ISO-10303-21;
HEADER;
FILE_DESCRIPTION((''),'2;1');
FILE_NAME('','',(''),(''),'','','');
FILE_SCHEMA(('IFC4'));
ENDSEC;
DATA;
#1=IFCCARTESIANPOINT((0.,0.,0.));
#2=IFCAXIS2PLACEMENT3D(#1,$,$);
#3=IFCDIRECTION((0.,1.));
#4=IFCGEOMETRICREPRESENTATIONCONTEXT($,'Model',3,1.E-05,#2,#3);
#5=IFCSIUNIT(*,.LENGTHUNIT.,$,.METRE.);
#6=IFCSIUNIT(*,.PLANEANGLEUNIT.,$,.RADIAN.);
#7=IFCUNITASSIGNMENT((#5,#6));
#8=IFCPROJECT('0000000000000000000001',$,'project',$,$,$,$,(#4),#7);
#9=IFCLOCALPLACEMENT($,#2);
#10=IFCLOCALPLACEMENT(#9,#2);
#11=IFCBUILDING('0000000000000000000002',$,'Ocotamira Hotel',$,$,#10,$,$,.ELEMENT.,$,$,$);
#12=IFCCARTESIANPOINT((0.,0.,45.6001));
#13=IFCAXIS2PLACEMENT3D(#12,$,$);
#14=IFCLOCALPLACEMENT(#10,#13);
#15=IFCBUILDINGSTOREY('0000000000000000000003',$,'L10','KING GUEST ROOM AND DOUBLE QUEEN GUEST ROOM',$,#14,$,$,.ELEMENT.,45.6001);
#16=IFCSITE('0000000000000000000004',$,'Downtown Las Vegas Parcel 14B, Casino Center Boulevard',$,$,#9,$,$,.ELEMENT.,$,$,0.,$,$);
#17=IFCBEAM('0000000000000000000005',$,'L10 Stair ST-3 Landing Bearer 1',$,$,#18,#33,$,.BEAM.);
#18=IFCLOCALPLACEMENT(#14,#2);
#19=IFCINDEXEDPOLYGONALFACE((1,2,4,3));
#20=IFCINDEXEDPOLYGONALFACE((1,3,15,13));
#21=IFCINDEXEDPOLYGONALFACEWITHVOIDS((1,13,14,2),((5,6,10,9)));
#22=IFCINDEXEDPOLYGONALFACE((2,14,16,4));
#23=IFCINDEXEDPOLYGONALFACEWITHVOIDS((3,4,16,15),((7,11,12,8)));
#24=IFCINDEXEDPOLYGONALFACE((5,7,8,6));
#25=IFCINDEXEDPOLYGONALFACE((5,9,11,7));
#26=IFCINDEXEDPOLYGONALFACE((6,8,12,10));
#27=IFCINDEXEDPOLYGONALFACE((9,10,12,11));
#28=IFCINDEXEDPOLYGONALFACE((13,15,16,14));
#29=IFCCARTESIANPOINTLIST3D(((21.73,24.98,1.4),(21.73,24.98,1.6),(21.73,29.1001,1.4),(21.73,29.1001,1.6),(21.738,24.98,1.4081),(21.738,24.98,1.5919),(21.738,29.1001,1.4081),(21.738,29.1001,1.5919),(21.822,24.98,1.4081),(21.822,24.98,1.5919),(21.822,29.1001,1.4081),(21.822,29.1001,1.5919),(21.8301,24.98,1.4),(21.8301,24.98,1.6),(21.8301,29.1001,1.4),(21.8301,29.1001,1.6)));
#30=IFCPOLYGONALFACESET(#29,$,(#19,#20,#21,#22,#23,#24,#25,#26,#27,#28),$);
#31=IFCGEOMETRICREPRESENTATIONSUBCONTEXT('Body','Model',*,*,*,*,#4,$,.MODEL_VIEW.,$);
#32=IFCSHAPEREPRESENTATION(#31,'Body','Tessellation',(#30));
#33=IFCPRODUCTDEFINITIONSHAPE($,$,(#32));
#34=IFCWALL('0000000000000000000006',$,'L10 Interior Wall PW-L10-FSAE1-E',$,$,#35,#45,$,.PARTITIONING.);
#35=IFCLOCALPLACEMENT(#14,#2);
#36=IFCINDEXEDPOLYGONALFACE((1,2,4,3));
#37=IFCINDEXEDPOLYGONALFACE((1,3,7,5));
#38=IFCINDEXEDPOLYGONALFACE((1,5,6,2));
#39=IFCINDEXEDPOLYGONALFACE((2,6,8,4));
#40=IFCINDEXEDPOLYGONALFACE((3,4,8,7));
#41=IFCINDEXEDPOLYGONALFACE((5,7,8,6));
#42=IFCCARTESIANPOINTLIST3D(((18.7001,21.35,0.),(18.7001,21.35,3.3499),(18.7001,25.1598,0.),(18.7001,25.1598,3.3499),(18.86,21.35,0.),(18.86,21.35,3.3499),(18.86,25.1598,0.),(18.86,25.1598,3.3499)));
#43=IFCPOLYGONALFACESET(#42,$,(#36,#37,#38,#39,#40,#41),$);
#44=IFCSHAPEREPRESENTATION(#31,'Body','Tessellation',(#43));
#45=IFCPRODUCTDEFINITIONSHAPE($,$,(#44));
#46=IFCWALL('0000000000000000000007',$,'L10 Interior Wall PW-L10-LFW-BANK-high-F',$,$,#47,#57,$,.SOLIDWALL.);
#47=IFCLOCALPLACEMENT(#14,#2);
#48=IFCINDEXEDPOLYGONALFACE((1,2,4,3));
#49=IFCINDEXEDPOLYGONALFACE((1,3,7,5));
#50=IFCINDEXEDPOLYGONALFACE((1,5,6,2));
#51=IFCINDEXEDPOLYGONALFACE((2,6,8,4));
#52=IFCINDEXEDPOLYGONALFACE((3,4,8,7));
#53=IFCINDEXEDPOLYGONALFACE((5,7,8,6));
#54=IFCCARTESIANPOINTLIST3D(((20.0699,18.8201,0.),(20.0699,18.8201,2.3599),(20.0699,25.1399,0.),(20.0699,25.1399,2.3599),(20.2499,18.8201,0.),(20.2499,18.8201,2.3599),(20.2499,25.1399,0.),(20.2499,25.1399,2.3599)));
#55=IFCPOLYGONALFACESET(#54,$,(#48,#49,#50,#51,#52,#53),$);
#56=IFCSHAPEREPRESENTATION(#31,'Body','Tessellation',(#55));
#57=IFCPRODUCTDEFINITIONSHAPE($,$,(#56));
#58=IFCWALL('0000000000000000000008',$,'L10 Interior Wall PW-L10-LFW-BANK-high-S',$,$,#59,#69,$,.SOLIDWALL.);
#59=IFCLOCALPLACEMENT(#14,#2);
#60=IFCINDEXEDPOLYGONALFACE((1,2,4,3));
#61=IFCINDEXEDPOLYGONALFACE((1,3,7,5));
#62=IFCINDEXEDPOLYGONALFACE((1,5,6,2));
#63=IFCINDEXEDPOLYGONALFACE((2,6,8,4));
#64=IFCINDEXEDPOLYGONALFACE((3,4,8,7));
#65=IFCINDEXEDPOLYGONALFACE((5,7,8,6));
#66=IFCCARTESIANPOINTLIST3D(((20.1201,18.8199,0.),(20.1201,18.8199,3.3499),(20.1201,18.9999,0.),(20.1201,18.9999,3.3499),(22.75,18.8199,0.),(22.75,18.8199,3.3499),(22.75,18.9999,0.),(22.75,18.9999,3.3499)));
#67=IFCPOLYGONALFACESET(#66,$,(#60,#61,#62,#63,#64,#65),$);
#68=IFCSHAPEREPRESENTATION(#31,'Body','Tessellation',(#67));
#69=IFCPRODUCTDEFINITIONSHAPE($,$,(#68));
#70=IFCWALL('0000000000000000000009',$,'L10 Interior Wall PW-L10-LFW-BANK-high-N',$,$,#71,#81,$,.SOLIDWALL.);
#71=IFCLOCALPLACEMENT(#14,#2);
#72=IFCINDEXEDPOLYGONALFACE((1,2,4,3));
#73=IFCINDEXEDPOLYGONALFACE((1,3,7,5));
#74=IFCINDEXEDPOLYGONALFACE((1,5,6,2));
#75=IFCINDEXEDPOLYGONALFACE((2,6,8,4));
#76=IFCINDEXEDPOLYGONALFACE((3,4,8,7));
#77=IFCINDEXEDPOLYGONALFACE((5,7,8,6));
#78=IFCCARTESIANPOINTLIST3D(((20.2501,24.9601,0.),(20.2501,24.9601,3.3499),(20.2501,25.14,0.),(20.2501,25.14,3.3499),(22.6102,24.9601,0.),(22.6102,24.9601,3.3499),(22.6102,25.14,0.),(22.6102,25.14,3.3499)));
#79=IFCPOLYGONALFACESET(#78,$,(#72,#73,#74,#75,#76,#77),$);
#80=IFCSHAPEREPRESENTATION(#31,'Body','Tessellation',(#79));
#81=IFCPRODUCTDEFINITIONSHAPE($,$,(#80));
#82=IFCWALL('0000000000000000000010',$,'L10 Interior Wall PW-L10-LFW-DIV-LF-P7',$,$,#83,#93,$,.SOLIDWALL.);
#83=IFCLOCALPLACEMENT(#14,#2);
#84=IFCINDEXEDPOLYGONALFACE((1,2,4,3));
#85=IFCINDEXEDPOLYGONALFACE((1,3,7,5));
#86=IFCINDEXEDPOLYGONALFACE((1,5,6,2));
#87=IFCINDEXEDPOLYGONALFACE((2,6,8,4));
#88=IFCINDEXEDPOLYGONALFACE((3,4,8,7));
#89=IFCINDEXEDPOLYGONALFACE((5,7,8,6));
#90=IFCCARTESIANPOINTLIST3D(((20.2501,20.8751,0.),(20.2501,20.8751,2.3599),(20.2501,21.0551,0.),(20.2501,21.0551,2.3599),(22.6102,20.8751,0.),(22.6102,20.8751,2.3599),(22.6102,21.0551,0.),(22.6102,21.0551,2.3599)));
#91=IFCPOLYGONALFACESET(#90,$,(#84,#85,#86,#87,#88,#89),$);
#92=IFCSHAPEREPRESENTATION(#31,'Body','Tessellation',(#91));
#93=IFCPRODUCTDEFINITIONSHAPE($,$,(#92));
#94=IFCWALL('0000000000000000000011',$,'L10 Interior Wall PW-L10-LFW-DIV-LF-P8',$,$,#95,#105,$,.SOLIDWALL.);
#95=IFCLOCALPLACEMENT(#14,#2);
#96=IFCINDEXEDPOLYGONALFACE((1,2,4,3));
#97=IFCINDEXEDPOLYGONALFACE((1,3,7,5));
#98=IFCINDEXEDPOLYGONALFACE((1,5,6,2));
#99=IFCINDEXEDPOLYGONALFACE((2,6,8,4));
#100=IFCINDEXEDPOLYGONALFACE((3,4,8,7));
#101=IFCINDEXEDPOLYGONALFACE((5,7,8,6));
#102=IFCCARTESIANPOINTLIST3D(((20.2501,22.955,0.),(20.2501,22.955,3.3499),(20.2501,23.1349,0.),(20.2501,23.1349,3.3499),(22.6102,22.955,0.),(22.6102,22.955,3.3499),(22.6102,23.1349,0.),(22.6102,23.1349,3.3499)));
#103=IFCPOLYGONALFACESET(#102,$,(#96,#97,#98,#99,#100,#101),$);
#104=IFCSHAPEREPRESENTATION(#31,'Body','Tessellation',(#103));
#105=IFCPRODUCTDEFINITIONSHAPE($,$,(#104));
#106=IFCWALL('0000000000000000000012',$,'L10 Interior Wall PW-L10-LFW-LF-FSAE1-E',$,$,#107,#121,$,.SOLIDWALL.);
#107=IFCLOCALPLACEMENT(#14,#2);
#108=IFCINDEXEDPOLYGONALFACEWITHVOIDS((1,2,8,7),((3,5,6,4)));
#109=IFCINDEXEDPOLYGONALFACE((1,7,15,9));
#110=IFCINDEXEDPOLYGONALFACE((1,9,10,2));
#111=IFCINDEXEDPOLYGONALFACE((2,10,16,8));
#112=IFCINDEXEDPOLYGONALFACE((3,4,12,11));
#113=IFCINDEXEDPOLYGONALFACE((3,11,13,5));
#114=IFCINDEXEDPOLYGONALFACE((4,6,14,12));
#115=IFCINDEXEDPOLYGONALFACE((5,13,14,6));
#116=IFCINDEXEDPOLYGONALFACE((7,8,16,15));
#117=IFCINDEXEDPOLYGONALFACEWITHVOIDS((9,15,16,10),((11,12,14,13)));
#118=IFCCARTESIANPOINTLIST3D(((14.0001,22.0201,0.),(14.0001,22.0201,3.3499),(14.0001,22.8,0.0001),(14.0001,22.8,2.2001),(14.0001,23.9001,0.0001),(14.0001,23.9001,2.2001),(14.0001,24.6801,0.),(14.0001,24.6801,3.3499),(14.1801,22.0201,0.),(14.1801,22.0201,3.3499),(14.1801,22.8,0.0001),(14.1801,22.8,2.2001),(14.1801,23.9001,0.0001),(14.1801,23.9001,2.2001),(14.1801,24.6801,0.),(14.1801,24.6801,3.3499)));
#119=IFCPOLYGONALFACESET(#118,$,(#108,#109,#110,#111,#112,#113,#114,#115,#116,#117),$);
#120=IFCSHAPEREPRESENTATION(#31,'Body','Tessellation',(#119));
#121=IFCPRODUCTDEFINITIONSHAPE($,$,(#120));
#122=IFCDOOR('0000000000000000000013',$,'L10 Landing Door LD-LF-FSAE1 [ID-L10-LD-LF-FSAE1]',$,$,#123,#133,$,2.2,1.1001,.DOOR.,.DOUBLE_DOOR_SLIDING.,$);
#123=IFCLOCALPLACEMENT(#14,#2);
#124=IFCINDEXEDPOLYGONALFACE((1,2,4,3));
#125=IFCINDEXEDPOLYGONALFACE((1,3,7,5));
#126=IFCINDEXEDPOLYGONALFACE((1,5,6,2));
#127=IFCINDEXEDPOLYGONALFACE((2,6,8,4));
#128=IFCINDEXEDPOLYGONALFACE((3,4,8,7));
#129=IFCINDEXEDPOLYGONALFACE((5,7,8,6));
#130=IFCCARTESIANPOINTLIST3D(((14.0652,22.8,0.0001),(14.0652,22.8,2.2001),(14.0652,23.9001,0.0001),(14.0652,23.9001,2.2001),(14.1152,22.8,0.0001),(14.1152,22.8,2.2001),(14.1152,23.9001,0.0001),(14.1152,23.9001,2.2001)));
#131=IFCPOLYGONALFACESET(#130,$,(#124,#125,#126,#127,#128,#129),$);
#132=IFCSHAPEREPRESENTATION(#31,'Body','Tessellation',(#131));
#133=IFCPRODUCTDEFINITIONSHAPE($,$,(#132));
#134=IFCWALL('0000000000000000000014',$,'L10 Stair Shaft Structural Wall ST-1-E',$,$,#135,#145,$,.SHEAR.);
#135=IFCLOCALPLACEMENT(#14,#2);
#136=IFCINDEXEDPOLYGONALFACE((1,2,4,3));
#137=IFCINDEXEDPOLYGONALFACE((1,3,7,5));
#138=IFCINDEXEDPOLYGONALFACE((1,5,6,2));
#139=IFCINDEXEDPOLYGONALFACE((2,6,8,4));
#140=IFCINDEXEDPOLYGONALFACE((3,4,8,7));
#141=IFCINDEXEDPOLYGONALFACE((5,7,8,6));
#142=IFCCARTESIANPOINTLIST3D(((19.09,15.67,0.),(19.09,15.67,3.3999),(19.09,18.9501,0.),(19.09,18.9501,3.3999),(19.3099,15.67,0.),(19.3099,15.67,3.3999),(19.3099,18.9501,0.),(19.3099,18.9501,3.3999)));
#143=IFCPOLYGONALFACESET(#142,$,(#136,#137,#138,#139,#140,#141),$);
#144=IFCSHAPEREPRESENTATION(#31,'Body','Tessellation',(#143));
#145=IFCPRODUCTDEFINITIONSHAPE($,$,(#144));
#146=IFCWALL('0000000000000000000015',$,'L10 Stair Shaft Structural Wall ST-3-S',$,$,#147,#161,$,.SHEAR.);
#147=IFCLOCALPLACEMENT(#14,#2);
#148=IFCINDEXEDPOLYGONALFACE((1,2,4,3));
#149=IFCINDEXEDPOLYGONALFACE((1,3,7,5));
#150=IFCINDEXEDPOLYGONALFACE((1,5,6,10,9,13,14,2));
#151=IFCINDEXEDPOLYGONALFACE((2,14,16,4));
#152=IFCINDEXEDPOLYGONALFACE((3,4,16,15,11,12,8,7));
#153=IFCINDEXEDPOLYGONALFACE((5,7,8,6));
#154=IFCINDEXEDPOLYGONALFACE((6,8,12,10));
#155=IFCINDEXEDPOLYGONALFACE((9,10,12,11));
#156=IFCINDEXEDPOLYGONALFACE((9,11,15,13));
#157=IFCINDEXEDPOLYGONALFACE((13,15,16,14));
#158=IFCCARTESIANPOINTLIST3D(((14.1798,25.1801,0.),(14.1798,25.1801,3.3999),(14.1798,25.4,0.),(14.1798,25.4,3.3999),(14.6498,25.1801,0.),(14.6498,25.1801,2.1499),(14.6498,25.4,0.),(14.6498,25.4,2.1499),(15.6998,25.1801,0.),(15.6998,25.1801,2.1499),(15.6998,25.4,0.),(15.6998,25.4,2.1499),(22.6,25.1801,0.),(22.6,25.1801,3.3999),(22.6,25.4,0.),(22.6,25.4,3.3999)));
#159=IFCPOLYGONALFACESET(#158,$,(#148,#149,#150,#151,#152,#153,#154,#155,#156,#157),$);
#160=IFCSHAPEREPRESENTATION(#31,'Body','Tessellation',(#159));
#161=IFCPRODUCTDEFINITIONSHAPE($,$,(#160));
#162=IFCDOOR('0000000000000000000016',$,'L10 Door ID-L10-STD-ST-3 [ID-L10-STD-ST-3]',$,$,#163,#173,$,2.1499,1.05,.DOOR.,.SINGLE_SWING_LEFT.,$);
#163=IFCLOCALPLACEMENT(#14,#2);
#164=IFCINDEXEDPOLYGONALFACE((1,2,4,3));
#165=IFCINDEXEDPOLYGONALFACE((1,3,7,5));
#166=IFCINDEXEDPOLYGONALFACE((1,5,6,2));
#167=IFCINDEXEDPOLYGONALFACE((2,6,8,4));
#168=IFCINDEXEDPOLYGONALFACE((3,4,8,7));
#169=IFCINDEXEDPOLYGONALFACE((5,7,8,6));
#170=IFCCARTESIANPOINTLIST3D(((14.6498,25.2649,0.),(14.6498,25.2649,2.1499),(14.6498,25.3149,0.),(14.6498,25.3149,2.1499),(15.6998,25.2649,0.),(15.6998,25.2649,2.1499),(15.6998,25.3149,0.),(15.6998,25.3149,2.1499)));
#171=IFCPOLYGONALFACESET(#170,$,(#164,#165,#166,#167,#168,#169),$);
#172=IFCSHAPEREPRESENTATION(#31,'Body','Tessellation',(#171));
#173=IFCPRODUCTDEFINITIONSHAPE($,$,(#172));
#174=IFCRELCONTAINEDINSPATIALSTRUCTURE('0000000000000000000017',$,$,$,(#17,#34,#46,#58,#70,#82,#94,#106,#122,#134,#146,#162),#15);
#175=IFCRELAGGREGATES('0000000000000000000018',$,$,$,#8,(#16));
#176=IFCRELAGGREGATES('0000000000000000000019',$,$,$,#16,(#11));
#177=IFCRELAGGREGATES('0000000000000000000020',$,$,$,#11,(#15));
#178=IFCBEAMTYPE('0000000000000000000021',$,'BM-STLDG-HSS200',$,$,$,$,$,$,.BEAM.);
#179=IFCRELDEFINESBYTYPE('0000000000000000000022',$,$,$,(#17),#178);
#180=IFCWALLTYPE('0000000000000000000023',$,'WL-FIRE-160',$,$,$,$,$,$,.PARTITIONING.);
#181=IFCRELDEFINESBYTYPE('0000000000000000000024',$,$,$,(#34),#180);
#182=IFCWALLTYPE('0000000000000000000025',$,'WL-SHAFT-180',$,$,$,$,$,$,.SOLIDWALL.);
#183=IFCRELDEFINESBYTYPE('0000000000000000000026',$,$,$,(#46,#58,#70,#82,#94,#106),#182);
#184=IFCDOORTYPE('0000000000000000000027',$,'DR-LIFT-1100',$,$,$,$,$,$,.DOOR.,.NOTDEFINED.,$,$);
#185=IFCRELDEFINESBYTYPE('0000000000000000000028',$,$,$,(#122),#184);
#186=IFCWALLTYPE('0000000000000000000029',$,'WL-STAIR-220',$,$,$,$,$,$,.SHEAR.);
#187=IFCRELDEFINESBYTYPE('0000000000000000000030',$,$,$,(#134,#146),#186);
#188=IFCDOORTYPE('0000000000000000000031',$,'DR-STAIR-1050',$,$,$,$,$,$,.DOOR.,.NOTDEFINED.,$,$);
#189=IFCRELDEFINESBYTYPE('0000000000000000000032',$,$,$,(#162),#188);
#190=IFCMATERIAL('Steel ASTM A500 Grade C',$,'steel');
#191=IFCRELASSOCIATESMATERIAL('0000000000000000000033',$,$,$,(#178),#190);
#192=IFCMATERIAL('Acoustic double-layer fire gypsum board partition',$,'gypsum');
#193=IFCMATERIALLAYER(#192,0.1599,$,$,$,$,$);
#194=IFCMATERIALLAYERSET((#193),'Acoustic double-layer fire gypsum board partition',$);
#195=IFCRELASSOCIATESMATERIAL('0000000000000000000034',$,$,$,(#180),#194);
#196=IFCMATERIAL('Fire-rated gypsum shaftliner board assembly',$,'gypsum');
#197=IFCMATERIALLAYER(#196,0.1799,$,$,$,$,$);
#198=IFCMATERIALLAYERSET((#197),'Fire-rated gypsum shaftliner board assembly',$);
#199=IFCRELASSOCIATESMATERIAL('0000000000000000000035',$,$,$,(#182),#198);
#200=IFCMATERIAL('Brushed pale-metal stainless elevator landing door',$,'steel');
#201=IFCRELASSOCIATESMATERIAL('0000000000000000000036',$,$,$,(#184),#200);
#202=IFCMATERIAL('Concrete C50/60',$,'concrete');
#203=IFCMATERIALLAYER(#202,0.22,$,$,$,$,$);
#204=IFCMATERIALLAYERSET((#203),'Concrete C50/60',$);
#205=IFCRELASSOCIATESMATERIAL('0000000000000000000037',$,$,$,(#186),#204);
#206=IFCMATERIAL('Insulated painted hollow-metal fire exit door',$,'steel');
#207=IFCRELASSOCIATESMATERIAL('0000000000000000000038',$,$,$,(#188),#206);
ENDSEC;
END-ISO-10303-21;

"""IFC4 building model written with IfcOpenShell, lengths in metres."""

from ifc_helpers import new_model, si_unit, direction, frame, frame_2d, origin, origin_2d, place, context, subcontext, project, spatial, rectangle, hollow_rectangle, extrude, source, transform, mapped, material, layer, layer_set, material_profile, profile_set, type_object, element, fill, save


model = new_model("IFC4")

# Units and contexts
model_context = context("Model", 3, precision=1e-05, world=origin(), true_north=direction((0.0, 1.0)))
body_context = subcontext(model_context, "Body", "Model", "MODEL_VIEW")
ifc_project = project(units=[si_unit("LENGTHUNIT", "METRE"), si_unit("PLANEANGLEUNIT", "RADIAN")], contexts=[model_context])

# Site, building, storey
site_placement = place(None, origin())
site = spatial("IfcSite", under=ifc_project, at=site_placement, Name="Downtown Las Vegas Parcel 14B, Casino Center Boulevard", CompositionType="ELEMENT", RefElevation=0.0)
building_placement = place(site_placement, origin())
building = spatial("IfcBuilding", under=site, at=building_placement, Name="Ocotamira Hotel", CompositionType="ELEMENT")
storey_placement = place(building_placement, frame((0.0, 0.0, 45.6001)))
storey = spatial("IfcBuildingStorey", under=building, at=storey_placement, Name="L10", Description="KING GUEST ROOM AND DOUBLE QUEEN GUEST ROOM", CompositionType="ELEMENT", Elevation=45.6001)

# Beam
ifc_material_1 = material(Name="Steel ASTM A500 Grade C", Category="steel")
ifc_material_profile = material_profile(ifc_material_1, hollow_rectangle(XDim=0.1001, YDim=0.2, WallThickness=0.0081, at=origin_2d()), Name="HSS200X100X8")
ifc_profile_set = profile_set([ifc_material_profile], Name="Steel ASTM A500 Grade C")
beam_type = type_object("IfcBeamType", Name="BM-STLDG-HSS200", PredefinedType="BEAM", material=ifc_profile_set)
shared_shape_1 = source(origin(), body_context, "Body", "SweptSolid", [
    extrude(hollow_rectangle(XDim=0.1001, YDim=0.2, WallThickness=0.0081, at=origin_2d()), origin(), (0.0, 0.0, 1.0), 4.1201),
])
beam_placement = place(storey_placement, frame((21.78, 24.98, 1.5), z_axis=(0.0, 1.0, 0.0), x_axis=(-1.0, 0.0, 0.0)))
element("IfcBeam", 1, at=beam_placement, inside=storey, type_object=beam_type, Name="L10 Stair ST-3 Landing Bearer 1", PredefinedType="BEAM", context=body_context, shape_type="MappedRepresentation", body=[
    mapped(shared_shape_1, transform((0.0, 0.0, 0.0), scale=1.0)),
])

# Shared definitions
ifc_material_2 = material(Name="Acoustic double-layer fire gypsum board partition", Category="gypsum")
ifc_layer_1 = layer(ifc_material_2, 0.1599)
ifc_layer_set_1 = layer_set([ifc_layer_1], Name="Acoustic double-layer fire gypsum board partition")
wall_type_1 = type_object("IfcWallType", Name="WL-FIRE-160", PredefinedType="PARTITIONING", material=ifc_layer_set_1)

# Walls
wall_1_placement = place(storey_placement, frame((18.78, 21.3501, 0.0), z_axis=(0.0, 0.0, 1.0), x_axis=(0.0, 1.0, 0.0)))
element("IfcWall", 2, at=wall_1_placement, inside=storey, type_object=wall_type_1, Name="L10 Interior Wall PW-L10-FSAE1-E", PredefinedType="PARTITIONING", context=body_context, shape_type="SweptSolid", body=[
    extrude(rectangle(XDim=3.8098, YDim=0.1599, at=frame_2d((1.9048, 0.0))), origin(), (0.0, 0.0, 1.0), 3.3499),
])
ifc_material_3 = material(Name="Fire-rated gypsum shaftliner board assembly", Category="gypsum")
ifc_layer_2 = layer(ifc_material_3, 0.1799)
ifc_layer_set_2 = layer_set([ifc_layer_2], Name="Fire-rated gypsum shaftliner board assembly")
wall_type_2 = type_object("IfcWallType", Name="WL-SHAFT-180", PredefinedType="SOLIDWALL", material=ifc_layer_set_2)
wall_2_placement = place(storey_placement, frame((20.1599, 18.8201, 0.0), z_axis=(0.0, 0.0, 1.0), x_axis=(0.0, 1.0, 0.0)))
element("IfcWall", 3, at=wall_2_placement, inside=storey, type_object=wall_type_2, Name="L10 Interior Wall PW-L10-LFW-BANK-high-F", PredefinedType="SOLIDWALL", context=body_context, shape_type="SweptSolid", body=[
    extrude(rectangle(XDim=6.3198, YDim=0.1799, at=frame_2d((3.1599, 0.0))), origin(), (0.0, 0.0, 1.0), 2.3599),
])
wall_3_placement = place(storey_placement, frame((20.1201, 18.9099, 0.0), z_axis=(0.0, 0.0, 1.0), x_axis=(1.0, 0.0, 0.0)))
element("IfcWall", 4, at=wall_3_placement, inside=storey, type_object=wall_type_2, Name="L10 Interior Wall PW-L10-LFW-BANK-high-S", PredefinedType="SOLIDWALL", context=body_context, shape_type="SweptSolid", body=[
    extrude(rectangle(XDim=2.6299, YDim=0.1799, at=frame_2d((1.3149, 0.0))), origin(), (0.0, 0.0, 1.0), 3.3499),
])
wall_4_placement = place(storey_placement, frame((20.25, 25.05, 0.0), z_axis=(0.0, 0.0, 1.0), x_axis=(1.0, 0.0, 0.0)))
element("IfcWall", 5, at=wall_4_placement, inside=storey, type_object=wall_type_2, Name="L10 Interior Wall PW-L10-LFW-BANK-high-N", PredefinedType="SOLIDWALL", context=body_context, shape_type="SweptSolid", body=[
    extrude(rectangle(XDim=2.3601, YDim=0.1799, at=frame_2d((1.1802, 0.0))), origin(), (0.0, 0.0, 1.0), 3.3499),
])
wall_5_placement = place(storey_placement, frame((20.25, 20.9651, 0.0), z_axis=(0.0, 0.0, 1.0), x_axis=(1.0, 0.0, 0.0)))
element("IfcWall", 6, at=wall_5_placement, inside=storey, type_object=wall_type_2, Name="L10 Interior Wall PW-L10-LFW-DIV-LF-P7", PredefinedType="SOLIDWALL", context=body_context, shape_type="SweptSolid", body=[
    extrude(rectangle(XDim=2.3601, YDim=0.1799, at=frame_2d((1.1802, 0.0))), origin(), (0.0, 0.0, 1.0), 2.3599),
])
wall_6_placement = place(storey_placement, frame((20.25, 23.0449, 0.0), z_axis=(0.0, 0.0, 1.0), x_axis=(1.0, 0.0, 0.0)))
element("IfcWall", 7, at=wall_6_placement, inside=storey, type_object=wall_type_2, Name="L10 Interior Wall PW-L10-LFW-DIV-LF-P8", PredefinedType="SOLIDWALL", context=body_context, shape_type="SweptSolid", body=[
    extrude(rectangle(XDim=2.3601, YDim=0.1799, at=frame_2d((1.1802, 0.0))), origin(), (0.0, 0.0, 1.0), 3.3499),
])

# Wall, opening, door
wall_7_placement = place(storey_placement, frame((14.0901, 22.02, 0.0), z_axis=(0.0, 0.0, 1.0), x_axis=(0.0, 1.0, 0.0)))
wall_7 = element("IfcWall", 8, at=wall_7_placement, inside=storey, type_object=wall_type_2, Name="L10 Interior Wall PW-L10-LFW-LF-FSAE1-E", PredefinedType="SOLIDWALL", context=body_context, shape_type="SweptSolid", body=[
    extrude(rectangle(XDim=2.6599, YDim=0.1799, at=frame_2d((1.3301, 0.0))), origin(), (0.0, 0.0, 1.0), 3.3499),
])
opening_1_placement = place(wall_7_placement, frame((0.78, 0.0, 0.0)))
opening_1 = element("IfcOpeningElement", 9, at=opening_1_placement, cuts=wall_7, PredefinedType="OPENING", context=body_context, shape_type="SweptSolid", body=[
    extrude(rectangle(XDim=1.1001, YDim=2.2, at=frame_2d((0.55, 1.1001))), frame((0.0, 0.1001, 0.0), z_axis=(0.0, -1.0, 0.0), x_axis=(1.0, 0.0, 0.0)), (0.0, 0.0, 1.0), 0.2),
])
ifc_material_4 = material(Name="Brushed pale-metal stainless elevator landing door", Category="steel")
door_type_1 = type_object("IfcDoorType", Name="DR-LIFT-1100", OperationType="NOTDEFINED", PredefinedType="DOOR", material=ifc_material_4)
shared_shape_2 = source(origin(), body_context, "Body", "SweptSolid", [
    extrude(rectangle(XDim=1.1001, YDim=2.2, at=frame_2d((0.55, 1.1001))), frame((0.0, 0.0249, 0.0), z_axis=(0.0, -1.0, 0.0), x_axis=(1.0, 0.0, 0.0)), (0.0, 0.0, 1.0), 0.05),
])
door_1_placement = place(opening_1_placement, origin())
door_1 = element("IfcDoor", 10, at=door_1_placement, inside=storey, type_object=door_type_1, Name="L10 Landing Door LD-LF-FSAE1 [ID-L10-LD-LF-FSAE1]", OperationType="DOUBLE_DOOR_SLIDING", OverallHeight=2.2, OverallWidth=1.1001, PredefinedType="DOOR", context=body_context, shape_type="MappedRepresentation", body=[
    mapped(shared_shape_2, transform((0.0, 0.0, 0.0), scale=1.0)),
])
fill(opening_1, door_1)

# Wall
ifc_material_5 = material(Name="Concrete C50/60", Category="concrete")
ifc_layer_3 = layer(ifc_material_5, 0.22)
ifc_layer_set_3 = layer_set([ifc_layer_3], Name="Concrete C50/60")
wall_type_3 = type_object("IfcWallType", Name="WL-STAIR-220", PredefinedType="SHEAR", material=ifc_layer_set_3)
wall_8_placement = place(storey_placement, frame((19.2, 15.6699, 0.0), z_axis=(0.0, 0.0, 1.0), x_axis=(0.0, 1.0, 0.0)))
element("IfcWall", 11, at=wall_8_placement, inside=storey, type_object=wall_type_3, Name="L10 Stair Shaft Structural Wall ST-1-E", PredefinedType="SHEAR", context=body_context, shape_type="SweptSolid", body=[
    extrude(rectangle(XDim=3.28, YDim=0.22, at=frame_2d((1.6401, 0.0))), origin(), (0.0, 0.0, 1.0), 3.3999),
])

# Wall, opening, door
wall_9_placement = place(storey_placement, frame((14.1799, 25.29, 0.0), z_axis=(0.0, 0.0, 1.0), x_axis=(1.0, 0.0, 0.0)))
wall_9 = element("IfcWall", 12, at=wall_9_placement, inside=storey, type_object=wall_type_3, Name="L10 Stair Shaft Structural Wall ST-3-S", PredefinedType="SHEAR", context=body_context, shape_type="SweptSolid", body=[
    extrude(rectangle(XDim=8.4202, YDim=0.22, at=frame_2d((4.21, 0.0))), origin(), (0.0, 0.0, 1.0), 3.3999),
])
opening_2_placement = place(wall_9_placement, frame((0.47, 0.0, 0.0)))
opening_2 = element("IfcOpeningElement", 13, at=opening_2_placement, cuts=wall_9, PredefinedType="OPENING", context=body_context, shape_type="SweptSolid", body=[
    extrude(rectangle(XDim=1.05, YDim=2.1499, at=frame_2d((0.5249, 1.075))), frame((0.0, 0.1201, 0.0), z_axis=(0.0, -1.0, 0.0), x_axis=(1.0, 0.0, 0.0)), (0.0, 0.0, 1.0), 0.24),
])
ifc_material_6 = material(Name="Insulated painted hollow-metal fire exit door", Category="steel")
door_type_2 = type_object("IfcDoorType", Name="DR-STAIR-1050", OperationType="NOTDEFINED", PredefinedType="DOOR", material=ifc_material_6)
shared_shape_3 = source(origin(), body_context, "Body", "SweptSolid", [
    extrude(rectangle(XDim=1.05, YDim=2.1499, at=frame_2d((0.5249, 1.075))), frame((0.0, 0.0249, 0.0), z_axis=(0.0, -1.0, 0.0), x_axis=(1.0, 0.0, 0.0)), (0.0, 0.0, 1.0), 0.05),
])
door_2_placement = place(opening_2_placement, origin())
door_2 = element("IfcDoor", 14, at=door_2_placement, inside=storey, type_object=door_type_2, Name="L10 Door ID-L10-STD-ST-3 [ID-L10-STD-ST-3]", OperationType="SINGLE_SWING_LEFT", OverallHeight=2.1499, OverallWidth=1.05, PredefinedType="DOOR", context=body_context, shape_type="MappedRepresentation", body=[
    mapped(shared_shape_3, transform((0.0, 0.0, 0.0), scale=1.0)),
])
fill(opening_2, door_2)

save(model, "model.ifc")
